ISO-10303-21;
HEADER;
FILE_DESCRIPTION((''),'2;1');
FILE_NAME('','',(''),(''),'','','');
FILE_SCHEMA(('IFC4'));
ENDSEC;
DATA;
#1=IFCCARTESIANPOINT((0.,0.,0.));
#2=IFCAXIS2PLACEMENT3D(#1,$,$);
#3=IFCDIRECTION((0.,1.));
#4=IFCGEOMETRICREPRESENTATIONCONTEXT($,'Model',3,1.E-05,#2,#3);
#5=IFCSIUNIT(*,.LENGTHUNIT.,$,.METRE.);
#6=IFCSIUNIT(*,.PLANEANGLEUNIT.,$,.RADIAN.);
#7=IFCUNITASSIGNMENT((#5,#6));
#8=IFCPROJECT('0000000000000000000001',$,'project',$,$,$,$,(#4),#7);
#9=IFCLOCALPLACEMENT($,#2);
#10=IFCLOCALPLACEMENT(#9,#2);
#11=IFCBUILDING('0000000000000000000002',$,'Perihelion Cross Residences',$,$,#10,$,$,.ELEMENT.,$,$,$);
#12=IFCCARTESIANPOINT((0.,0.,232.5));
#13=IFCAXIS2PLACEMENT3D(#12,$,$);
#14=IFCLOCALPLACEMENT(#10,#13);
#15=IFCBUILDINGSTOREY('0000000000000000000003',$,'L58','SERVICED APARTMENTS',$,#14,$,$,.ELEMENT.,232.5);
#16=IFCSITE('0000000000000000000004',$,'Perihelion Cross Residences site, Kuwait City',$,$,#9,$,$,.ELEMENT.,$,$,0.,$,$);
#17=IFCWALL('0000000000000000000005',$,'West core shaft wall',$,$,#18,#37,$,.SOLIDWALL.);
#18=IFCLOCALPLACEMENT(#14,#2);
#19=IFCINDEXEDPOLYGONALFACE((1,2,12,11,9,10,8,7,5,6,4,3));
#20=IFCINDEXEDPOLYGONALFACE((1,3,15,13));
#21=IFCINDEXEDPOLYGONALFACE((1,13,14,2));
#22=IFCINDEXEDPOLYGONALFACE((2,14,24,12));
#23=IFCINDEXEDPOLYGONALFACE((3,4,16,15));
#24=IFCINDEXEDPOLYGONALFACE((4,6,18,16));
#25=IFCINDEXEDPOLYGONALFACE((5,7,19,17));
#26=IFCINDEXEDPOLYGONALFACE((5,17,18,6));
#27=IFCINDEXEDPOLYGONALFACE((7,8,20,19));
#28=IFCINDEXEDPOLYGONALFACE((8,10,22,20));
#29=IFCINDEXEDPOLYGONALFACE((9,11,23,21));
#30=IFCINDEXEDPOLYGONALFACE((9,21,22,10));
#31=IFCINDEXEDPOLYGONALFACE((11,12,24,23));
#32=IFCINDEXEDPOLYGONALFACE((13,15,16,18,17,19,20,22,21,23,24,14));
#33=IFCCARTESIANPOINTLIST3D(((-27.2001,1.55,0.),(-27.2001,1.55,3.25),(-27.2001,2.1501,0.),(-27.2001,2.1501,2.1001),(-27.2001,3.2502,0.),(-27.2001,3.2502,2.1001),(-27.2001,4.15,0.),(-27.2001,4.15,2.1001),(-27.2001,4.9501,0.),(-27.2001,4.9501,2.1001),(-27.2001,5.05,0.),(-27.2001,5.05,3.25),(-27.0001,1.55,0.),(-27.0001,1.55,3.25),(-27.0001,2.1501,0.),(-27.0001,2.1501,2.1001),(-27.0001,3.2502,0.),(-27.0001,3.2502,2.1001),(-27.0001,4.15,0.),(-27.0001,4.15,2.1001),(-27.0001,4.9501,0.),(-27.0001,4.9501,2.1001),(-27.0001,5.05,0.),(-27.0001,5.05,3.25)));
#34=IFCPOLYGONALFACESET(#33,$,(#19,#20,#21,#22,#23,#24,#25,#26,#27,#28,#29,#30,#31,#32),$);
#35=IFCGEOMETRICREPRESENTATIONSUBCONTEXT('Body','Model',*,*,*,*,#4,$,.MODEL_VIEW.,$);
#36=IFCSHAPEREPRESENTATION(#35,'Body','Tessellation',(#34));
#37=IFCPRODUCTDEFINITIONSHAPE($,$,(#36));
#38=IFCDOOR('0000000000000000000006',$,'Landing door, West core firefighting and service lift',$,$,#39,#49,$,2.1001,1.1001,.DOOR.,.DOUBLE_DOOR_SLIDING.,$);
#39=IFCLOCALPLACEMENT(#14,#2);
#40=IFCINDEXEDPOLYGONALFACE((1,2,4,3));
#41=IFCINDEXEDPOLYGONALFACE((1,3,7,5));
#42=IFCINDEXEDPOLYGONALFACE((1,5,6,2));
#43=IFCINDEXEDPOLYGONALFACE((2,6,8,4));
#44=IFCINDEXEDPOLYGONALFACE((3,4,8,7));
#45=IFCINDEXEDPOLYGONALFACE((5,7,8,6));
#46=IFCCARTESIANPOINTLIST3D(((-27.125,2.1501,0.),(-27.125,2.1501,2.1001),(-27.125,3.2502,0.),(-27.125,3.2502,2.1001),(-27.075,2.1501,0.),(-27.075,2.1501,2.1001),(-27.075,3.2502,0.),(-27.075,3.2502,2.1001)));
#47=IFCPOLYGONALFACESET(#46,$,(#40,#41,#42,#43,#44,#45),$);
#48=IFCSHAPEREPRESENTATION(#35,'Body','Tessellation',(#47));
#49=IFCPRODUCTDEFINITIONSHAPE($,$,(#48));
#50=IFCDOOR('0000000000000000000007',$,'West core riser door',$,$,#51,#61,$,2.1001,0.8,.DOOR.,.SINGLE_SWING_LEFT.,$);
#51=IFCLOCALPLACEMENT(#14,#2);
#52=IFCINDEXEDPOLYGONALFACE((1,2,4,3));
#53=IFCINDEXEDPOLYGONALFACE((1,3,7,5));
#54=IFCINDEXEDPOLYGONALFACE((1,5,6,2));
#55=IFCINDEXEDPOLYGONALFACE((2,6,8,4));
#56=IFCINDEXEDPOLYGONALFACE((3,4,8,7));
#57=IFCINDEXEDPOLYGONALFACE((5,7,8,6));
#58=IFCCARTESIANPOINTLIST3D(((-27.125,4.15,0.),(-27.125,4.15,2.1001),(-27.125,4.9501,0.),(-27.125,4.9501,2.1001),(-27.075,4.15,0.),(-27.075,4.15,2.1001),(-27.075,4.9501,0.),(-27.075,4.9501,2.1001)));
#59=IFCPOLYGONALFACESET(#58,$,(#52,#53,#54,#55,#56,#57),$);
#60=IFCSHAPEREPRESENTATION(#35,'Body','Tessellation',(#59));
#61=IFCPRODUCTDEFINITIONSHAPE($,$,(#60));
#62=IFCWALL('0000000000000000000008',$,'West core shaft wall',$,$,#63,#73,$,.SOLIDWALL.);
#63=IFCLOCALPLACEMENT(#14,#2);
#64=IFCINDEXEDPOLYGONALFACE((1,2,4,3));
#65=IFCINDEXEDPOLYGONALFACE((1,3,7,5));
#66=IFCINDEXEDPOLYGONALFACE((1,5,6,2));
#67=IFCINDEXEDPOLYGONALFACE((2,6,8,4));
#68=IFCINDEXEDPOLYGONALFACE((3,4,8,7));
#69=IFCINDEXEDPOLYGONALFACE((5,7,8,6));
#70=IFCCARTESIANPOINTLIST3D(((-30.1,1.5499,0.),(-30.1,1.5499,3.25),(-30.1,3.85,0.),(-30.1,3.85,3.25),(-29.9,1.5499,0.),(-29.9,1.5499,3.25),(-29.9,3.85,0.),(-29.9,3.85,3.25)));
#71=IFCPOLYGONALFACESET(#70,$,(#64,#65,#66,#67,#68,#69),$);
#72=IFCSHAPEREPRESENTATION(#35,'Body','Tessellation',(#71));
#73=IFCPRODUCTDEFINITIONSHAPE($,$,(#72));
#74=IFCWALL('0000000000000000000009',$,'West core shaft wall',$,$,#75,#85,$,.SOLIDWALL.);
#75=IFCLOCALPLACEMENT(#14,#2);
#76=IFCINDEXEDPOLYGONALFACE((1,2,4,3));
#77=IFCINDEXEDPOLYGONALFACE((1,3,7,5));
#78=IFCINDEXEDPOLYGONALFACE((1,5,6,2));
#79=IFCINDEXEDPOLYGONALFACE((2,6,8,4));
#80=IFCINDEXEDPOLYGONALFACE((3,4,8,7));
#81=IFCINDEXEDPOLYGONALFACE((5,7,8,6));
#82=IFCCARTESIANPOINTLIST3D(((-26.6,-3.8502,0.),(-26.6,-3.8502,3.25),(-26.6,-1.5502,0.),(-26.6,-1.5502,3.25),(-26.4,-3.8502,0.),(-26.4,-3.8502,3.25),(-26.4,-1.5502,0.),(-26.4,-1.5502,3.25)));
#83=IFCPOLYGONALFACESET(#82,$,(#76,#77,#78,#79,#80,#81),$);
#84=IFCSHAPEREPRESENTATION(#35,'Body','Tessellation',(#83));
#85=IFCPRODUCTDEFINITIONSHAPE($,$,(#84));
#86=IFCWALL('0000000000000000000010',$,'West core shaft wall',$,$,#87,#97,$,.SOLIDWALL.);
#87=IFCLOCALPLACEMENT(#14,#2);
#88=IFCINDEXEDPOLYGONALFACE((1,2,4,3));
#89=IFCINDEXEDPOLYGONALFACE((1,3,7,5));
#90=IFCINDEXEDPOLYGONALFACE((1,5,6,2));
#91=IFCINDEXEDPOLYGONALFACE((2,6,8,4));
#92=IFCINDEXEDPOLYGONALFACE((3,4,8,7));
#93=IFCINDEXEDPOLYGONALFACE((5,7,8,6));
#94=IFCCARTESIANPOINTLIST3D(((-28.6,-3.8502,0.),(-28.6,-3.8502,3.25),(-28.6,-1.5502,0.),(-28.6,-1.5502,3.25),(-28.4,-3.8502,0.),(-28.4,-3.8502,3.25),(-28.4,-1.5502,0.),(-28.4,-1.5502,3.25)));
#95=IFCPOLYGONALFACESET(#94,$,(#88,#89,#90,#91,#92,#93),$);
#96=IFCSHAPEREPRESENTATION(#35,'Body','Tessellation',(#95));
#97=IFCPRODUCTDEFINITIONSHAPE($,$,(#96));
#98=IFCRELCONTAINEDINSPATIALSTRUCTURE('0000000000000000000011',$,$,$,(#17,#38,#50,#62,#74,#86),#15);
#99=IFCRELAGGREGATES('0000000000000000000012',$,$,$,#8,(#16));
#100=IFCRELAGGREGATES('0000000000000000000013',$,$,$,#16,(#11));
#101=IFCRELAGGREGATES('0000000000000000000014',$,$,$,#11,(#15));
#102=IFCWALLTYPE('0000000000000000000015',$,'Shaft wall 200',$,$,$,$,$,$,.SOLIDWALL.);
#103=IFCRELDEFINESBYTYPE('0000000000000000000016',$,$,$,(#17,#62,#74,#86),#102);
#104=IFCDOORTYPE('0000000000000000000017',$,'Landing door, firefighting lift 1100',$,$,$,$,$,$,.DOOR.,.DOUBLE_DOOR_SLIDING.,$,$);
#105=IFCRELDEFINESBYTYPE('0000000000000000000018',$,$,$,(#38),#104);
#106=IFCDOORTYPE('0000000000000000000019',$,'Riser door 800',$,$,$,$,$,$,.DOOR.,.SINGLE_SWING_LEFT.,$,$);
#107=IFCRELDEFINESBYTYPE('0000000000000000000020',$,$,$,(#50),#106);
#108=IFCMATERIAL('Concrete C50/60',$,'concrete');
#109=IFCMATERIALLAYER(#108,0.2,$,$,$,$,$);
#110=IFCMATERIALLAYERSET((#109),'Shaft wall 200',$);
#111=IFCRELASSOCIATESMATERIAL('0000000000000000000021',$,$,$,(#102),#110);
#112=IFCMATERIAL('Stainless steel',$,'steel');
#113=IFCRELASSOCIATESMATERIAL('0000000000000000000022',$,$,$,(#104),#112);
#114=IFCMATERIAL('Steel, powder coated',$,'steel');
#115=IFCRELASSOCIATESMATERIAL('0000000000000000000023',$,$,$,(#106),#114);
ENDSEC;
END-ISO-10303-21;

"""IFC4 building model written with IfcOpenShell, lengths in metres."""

from ifc_helpers import new_model, si_unit, direction, frame, frame_2d, origin, place, context, subcontext, project, spatial, rectangle, extrude, material, layer, layer_set, type_object, element, fill, save


model = new_model("IFC4")

# Units and contexts
model_context = context("Model", 3, precision=1e-05, world=origin(), true_north=direction((0.0, 1.0)))
body_context = subcontext(model_context, "Body", "Model", "MODEL_VIEW")
ifc_project = project(units=[si_unit("LENGTHUNIT", "METRE"), si_unit("PLANEANGLEUNIT", "RADIAN")], contexts=[model_context])

# Site, building, storey
site_placement = place(None, origin())
site = spatial("IfcSite", under=ifc_project, at=site_placement, Name="Perihelion Cross Residences site, Kuwait City", CompositionType="ELEMENT", RefElevation=0.0)
building_placement = place(site_placement, origin())
building = spatial("IfcBuilding", under=site, at=building_placement, Name="Perihelion Cross Residences", CompositionType="ELEMENT")
storey_placement = place(building_placement, frame((0.0, 0.0, 232.5)))
storey = spatial("IfcBuildingStorey", under=building, at=storey_placement, Name="L58", Description="SERVICED APARTMENTS", CompositionType="ELEMENT", Elevation=232.5)

# Shared definitions
ifc_material_1 = material(Name="Concrete C50/60", Category="concrete")
ifc_layer_1 = layer(ifc_material_1, 0.2)
ifc_layer_set_1 = layer_set([ifc_layer_1], Name="Shaft wall 200")
wall_type_1 = type_object("IfcWallType", Name="Shaft wall 200", PredefinedType="SOLIDWALL", material=ifc_layer_set_1)

# Wall, openings, doors
wall_1_placement = place(storey_placement, frame((-27.1001, 1.55, 0.0), z_axis=(0.0, 0.0, 1.0), x_axis=(0.0, 1.0, 0.0)))
wall_1 = element("IfcWall", 1, at=wall_1_placement, inside=storey, type_object=wall_type_1, Name="West core shaft wall", PredefinedType="SOLIDWALL", context=body_context, shape_type="SweptSolid", body=[
    extrude(rectangle(XDim=3.5, YDim=0.2, at=frame_2d((1.75, 0.0))), origin(), (0.0, 0.0, 1.0), 3.25),
])
opening_1_placement = place(wall_1_placement, frame((0.6001, 0.0, 0.0)))
opening_1 = element("IfcOpeningElement", 2, at=opening_1_placement, cuts=wall_1, PredefinedType="OPENING", context=body_context, shape_type="SweptSolid", body=[
    extrude(rectangle(XDim=1.1001, YDim=2.1001, at=frame_2d((0.55, 1.05))), frame((0.0, 0.1099, 0.0), z_axis=(0.0, -1.0, 0.0), x_axis=(1.0, 0.0, 0.0)), (0.0, 0.0, 1.0), 0.22),
])
opening_2_placement = place(wall_1_placement, frame((2.6001, 0.0, 0.0)))
opening_2 = element("IfcOpeningElement", 3, at=opening_2_placement, cuts=wall_1, PredefinedType="OPENING", context=body_context, shape_type="SweptSolid", body=[
    extrude(rectangle(XDim=0.8, YDim=2.1001, at=frame_2d((0.3999, 1.05))), frame((0.0, 0.1099, 0.0), z_axis=(0.0, -1.0, 0.0), x_axis=(1.0, 0.0, 0.0)), (0.0, 0.0, 1.0), 0.22),
])
ifc_material_2 = material(Name="Stainless steel", Category="steel")
door_type_1 = type_object("IfcDoorType", Name="Landing door, firefighting lift 1100", OperationType="DOUBLE_DOOR_SLIDING", PredefinedType="DOOR", material=ifc_material_2)
door_1_placement = place(opening_1_placement, origin())
door_1 = element("IfcDoor", 4, at=door_1_placement, inside=storey, type_object=door_type_1, Name="Landing door, West core firefighting and service lift", OperationType="DOUBLE_DOOR_SLIDING", OverallHeight=2.1001, OverallWidth=1.1001, PredefinedType="DOOR", context=body_context, shape_type="SweptSolid", body=[
    extrude(rectangle(XDim=1.1001, YDim=2.1001, at=frame_2d((0.55, 1.05))), frame((0.0, 0.0249, 0.0), z_axis=(0.0, -1.0, 0.0), x_axis=(1.0, 0.0, 0.0)), (0.0, 0.0, 1.0), 0.05),
])
fill(opening_1, door_1)
ifc_material_3 = material(Name="Steel, powder coated", Category="steel")
door_type_2 = type_object("IfcDoorType", Name="Riser door 800", OperationType="SINGLE_SWING_LEFT", PredefinedType="DOOR", material=ifc_material_3)
door_2_placement = place(opening_2_placement, origin())
door_2 = element("IfcDoor", 5, at=door_2_placement, inside=storey, type_object=door_type_2, Name="West core riser door", OperationType="SINGLE_SWING_LEFT", OverallHeight=2.1001, OverallWidth=0.8, PredefinedType="DOOR", context=body_context, shape_type="SweptSolid", body=[
    extrude(rectangle(XDim=0.8, YDim=2.1001, at=frame_2d((0.3999, 1.05))), frame((0.0, 0.0249, 0.0), z_axis=(0.0, -1.0, 0.0), x_axis=(1.0, 0.0, 0.0)), (0.0, 0.0, 1.0), 0.05),
])
fill(opening_2, door_2)

# Walls
for number, where, z_axis, x_axis, name in (
    (6, (-30.0, 1.55, 0.0), (0.0, 0.0, 1.0), (0.0, 1.0, 0.0), "West core shaft wall"),
    (7, (-26.5, -3.8501, 0.0), (0.0, 0.0, 1.0), (0.0, 1.0, 0.0), "West core shaft wall"),
    (8, (-28.5, -3.8501, 0.0), (0.0, 0.0, 1.0), (0.0, 1.0, 0.0), "West core shaft wall"),
):
    element("IfcWall", number, at=place(storey_placement, frame(where, z_axis=z_axis, x_axis=x_axis)), inside=storey, type_object=wall_type_1, Name=name, PredefinedType="SOLIDWALL", context=body_context, shape_type="SweptSolid", body=[
        extrude(rectangle(XDim=2.3, YDim=0.2, at=frame_2d((1.1499, 0.0))), origin(), (0.0, 0.0, 1.0), 3.25),
    ])

save(model, "model.ifc")
